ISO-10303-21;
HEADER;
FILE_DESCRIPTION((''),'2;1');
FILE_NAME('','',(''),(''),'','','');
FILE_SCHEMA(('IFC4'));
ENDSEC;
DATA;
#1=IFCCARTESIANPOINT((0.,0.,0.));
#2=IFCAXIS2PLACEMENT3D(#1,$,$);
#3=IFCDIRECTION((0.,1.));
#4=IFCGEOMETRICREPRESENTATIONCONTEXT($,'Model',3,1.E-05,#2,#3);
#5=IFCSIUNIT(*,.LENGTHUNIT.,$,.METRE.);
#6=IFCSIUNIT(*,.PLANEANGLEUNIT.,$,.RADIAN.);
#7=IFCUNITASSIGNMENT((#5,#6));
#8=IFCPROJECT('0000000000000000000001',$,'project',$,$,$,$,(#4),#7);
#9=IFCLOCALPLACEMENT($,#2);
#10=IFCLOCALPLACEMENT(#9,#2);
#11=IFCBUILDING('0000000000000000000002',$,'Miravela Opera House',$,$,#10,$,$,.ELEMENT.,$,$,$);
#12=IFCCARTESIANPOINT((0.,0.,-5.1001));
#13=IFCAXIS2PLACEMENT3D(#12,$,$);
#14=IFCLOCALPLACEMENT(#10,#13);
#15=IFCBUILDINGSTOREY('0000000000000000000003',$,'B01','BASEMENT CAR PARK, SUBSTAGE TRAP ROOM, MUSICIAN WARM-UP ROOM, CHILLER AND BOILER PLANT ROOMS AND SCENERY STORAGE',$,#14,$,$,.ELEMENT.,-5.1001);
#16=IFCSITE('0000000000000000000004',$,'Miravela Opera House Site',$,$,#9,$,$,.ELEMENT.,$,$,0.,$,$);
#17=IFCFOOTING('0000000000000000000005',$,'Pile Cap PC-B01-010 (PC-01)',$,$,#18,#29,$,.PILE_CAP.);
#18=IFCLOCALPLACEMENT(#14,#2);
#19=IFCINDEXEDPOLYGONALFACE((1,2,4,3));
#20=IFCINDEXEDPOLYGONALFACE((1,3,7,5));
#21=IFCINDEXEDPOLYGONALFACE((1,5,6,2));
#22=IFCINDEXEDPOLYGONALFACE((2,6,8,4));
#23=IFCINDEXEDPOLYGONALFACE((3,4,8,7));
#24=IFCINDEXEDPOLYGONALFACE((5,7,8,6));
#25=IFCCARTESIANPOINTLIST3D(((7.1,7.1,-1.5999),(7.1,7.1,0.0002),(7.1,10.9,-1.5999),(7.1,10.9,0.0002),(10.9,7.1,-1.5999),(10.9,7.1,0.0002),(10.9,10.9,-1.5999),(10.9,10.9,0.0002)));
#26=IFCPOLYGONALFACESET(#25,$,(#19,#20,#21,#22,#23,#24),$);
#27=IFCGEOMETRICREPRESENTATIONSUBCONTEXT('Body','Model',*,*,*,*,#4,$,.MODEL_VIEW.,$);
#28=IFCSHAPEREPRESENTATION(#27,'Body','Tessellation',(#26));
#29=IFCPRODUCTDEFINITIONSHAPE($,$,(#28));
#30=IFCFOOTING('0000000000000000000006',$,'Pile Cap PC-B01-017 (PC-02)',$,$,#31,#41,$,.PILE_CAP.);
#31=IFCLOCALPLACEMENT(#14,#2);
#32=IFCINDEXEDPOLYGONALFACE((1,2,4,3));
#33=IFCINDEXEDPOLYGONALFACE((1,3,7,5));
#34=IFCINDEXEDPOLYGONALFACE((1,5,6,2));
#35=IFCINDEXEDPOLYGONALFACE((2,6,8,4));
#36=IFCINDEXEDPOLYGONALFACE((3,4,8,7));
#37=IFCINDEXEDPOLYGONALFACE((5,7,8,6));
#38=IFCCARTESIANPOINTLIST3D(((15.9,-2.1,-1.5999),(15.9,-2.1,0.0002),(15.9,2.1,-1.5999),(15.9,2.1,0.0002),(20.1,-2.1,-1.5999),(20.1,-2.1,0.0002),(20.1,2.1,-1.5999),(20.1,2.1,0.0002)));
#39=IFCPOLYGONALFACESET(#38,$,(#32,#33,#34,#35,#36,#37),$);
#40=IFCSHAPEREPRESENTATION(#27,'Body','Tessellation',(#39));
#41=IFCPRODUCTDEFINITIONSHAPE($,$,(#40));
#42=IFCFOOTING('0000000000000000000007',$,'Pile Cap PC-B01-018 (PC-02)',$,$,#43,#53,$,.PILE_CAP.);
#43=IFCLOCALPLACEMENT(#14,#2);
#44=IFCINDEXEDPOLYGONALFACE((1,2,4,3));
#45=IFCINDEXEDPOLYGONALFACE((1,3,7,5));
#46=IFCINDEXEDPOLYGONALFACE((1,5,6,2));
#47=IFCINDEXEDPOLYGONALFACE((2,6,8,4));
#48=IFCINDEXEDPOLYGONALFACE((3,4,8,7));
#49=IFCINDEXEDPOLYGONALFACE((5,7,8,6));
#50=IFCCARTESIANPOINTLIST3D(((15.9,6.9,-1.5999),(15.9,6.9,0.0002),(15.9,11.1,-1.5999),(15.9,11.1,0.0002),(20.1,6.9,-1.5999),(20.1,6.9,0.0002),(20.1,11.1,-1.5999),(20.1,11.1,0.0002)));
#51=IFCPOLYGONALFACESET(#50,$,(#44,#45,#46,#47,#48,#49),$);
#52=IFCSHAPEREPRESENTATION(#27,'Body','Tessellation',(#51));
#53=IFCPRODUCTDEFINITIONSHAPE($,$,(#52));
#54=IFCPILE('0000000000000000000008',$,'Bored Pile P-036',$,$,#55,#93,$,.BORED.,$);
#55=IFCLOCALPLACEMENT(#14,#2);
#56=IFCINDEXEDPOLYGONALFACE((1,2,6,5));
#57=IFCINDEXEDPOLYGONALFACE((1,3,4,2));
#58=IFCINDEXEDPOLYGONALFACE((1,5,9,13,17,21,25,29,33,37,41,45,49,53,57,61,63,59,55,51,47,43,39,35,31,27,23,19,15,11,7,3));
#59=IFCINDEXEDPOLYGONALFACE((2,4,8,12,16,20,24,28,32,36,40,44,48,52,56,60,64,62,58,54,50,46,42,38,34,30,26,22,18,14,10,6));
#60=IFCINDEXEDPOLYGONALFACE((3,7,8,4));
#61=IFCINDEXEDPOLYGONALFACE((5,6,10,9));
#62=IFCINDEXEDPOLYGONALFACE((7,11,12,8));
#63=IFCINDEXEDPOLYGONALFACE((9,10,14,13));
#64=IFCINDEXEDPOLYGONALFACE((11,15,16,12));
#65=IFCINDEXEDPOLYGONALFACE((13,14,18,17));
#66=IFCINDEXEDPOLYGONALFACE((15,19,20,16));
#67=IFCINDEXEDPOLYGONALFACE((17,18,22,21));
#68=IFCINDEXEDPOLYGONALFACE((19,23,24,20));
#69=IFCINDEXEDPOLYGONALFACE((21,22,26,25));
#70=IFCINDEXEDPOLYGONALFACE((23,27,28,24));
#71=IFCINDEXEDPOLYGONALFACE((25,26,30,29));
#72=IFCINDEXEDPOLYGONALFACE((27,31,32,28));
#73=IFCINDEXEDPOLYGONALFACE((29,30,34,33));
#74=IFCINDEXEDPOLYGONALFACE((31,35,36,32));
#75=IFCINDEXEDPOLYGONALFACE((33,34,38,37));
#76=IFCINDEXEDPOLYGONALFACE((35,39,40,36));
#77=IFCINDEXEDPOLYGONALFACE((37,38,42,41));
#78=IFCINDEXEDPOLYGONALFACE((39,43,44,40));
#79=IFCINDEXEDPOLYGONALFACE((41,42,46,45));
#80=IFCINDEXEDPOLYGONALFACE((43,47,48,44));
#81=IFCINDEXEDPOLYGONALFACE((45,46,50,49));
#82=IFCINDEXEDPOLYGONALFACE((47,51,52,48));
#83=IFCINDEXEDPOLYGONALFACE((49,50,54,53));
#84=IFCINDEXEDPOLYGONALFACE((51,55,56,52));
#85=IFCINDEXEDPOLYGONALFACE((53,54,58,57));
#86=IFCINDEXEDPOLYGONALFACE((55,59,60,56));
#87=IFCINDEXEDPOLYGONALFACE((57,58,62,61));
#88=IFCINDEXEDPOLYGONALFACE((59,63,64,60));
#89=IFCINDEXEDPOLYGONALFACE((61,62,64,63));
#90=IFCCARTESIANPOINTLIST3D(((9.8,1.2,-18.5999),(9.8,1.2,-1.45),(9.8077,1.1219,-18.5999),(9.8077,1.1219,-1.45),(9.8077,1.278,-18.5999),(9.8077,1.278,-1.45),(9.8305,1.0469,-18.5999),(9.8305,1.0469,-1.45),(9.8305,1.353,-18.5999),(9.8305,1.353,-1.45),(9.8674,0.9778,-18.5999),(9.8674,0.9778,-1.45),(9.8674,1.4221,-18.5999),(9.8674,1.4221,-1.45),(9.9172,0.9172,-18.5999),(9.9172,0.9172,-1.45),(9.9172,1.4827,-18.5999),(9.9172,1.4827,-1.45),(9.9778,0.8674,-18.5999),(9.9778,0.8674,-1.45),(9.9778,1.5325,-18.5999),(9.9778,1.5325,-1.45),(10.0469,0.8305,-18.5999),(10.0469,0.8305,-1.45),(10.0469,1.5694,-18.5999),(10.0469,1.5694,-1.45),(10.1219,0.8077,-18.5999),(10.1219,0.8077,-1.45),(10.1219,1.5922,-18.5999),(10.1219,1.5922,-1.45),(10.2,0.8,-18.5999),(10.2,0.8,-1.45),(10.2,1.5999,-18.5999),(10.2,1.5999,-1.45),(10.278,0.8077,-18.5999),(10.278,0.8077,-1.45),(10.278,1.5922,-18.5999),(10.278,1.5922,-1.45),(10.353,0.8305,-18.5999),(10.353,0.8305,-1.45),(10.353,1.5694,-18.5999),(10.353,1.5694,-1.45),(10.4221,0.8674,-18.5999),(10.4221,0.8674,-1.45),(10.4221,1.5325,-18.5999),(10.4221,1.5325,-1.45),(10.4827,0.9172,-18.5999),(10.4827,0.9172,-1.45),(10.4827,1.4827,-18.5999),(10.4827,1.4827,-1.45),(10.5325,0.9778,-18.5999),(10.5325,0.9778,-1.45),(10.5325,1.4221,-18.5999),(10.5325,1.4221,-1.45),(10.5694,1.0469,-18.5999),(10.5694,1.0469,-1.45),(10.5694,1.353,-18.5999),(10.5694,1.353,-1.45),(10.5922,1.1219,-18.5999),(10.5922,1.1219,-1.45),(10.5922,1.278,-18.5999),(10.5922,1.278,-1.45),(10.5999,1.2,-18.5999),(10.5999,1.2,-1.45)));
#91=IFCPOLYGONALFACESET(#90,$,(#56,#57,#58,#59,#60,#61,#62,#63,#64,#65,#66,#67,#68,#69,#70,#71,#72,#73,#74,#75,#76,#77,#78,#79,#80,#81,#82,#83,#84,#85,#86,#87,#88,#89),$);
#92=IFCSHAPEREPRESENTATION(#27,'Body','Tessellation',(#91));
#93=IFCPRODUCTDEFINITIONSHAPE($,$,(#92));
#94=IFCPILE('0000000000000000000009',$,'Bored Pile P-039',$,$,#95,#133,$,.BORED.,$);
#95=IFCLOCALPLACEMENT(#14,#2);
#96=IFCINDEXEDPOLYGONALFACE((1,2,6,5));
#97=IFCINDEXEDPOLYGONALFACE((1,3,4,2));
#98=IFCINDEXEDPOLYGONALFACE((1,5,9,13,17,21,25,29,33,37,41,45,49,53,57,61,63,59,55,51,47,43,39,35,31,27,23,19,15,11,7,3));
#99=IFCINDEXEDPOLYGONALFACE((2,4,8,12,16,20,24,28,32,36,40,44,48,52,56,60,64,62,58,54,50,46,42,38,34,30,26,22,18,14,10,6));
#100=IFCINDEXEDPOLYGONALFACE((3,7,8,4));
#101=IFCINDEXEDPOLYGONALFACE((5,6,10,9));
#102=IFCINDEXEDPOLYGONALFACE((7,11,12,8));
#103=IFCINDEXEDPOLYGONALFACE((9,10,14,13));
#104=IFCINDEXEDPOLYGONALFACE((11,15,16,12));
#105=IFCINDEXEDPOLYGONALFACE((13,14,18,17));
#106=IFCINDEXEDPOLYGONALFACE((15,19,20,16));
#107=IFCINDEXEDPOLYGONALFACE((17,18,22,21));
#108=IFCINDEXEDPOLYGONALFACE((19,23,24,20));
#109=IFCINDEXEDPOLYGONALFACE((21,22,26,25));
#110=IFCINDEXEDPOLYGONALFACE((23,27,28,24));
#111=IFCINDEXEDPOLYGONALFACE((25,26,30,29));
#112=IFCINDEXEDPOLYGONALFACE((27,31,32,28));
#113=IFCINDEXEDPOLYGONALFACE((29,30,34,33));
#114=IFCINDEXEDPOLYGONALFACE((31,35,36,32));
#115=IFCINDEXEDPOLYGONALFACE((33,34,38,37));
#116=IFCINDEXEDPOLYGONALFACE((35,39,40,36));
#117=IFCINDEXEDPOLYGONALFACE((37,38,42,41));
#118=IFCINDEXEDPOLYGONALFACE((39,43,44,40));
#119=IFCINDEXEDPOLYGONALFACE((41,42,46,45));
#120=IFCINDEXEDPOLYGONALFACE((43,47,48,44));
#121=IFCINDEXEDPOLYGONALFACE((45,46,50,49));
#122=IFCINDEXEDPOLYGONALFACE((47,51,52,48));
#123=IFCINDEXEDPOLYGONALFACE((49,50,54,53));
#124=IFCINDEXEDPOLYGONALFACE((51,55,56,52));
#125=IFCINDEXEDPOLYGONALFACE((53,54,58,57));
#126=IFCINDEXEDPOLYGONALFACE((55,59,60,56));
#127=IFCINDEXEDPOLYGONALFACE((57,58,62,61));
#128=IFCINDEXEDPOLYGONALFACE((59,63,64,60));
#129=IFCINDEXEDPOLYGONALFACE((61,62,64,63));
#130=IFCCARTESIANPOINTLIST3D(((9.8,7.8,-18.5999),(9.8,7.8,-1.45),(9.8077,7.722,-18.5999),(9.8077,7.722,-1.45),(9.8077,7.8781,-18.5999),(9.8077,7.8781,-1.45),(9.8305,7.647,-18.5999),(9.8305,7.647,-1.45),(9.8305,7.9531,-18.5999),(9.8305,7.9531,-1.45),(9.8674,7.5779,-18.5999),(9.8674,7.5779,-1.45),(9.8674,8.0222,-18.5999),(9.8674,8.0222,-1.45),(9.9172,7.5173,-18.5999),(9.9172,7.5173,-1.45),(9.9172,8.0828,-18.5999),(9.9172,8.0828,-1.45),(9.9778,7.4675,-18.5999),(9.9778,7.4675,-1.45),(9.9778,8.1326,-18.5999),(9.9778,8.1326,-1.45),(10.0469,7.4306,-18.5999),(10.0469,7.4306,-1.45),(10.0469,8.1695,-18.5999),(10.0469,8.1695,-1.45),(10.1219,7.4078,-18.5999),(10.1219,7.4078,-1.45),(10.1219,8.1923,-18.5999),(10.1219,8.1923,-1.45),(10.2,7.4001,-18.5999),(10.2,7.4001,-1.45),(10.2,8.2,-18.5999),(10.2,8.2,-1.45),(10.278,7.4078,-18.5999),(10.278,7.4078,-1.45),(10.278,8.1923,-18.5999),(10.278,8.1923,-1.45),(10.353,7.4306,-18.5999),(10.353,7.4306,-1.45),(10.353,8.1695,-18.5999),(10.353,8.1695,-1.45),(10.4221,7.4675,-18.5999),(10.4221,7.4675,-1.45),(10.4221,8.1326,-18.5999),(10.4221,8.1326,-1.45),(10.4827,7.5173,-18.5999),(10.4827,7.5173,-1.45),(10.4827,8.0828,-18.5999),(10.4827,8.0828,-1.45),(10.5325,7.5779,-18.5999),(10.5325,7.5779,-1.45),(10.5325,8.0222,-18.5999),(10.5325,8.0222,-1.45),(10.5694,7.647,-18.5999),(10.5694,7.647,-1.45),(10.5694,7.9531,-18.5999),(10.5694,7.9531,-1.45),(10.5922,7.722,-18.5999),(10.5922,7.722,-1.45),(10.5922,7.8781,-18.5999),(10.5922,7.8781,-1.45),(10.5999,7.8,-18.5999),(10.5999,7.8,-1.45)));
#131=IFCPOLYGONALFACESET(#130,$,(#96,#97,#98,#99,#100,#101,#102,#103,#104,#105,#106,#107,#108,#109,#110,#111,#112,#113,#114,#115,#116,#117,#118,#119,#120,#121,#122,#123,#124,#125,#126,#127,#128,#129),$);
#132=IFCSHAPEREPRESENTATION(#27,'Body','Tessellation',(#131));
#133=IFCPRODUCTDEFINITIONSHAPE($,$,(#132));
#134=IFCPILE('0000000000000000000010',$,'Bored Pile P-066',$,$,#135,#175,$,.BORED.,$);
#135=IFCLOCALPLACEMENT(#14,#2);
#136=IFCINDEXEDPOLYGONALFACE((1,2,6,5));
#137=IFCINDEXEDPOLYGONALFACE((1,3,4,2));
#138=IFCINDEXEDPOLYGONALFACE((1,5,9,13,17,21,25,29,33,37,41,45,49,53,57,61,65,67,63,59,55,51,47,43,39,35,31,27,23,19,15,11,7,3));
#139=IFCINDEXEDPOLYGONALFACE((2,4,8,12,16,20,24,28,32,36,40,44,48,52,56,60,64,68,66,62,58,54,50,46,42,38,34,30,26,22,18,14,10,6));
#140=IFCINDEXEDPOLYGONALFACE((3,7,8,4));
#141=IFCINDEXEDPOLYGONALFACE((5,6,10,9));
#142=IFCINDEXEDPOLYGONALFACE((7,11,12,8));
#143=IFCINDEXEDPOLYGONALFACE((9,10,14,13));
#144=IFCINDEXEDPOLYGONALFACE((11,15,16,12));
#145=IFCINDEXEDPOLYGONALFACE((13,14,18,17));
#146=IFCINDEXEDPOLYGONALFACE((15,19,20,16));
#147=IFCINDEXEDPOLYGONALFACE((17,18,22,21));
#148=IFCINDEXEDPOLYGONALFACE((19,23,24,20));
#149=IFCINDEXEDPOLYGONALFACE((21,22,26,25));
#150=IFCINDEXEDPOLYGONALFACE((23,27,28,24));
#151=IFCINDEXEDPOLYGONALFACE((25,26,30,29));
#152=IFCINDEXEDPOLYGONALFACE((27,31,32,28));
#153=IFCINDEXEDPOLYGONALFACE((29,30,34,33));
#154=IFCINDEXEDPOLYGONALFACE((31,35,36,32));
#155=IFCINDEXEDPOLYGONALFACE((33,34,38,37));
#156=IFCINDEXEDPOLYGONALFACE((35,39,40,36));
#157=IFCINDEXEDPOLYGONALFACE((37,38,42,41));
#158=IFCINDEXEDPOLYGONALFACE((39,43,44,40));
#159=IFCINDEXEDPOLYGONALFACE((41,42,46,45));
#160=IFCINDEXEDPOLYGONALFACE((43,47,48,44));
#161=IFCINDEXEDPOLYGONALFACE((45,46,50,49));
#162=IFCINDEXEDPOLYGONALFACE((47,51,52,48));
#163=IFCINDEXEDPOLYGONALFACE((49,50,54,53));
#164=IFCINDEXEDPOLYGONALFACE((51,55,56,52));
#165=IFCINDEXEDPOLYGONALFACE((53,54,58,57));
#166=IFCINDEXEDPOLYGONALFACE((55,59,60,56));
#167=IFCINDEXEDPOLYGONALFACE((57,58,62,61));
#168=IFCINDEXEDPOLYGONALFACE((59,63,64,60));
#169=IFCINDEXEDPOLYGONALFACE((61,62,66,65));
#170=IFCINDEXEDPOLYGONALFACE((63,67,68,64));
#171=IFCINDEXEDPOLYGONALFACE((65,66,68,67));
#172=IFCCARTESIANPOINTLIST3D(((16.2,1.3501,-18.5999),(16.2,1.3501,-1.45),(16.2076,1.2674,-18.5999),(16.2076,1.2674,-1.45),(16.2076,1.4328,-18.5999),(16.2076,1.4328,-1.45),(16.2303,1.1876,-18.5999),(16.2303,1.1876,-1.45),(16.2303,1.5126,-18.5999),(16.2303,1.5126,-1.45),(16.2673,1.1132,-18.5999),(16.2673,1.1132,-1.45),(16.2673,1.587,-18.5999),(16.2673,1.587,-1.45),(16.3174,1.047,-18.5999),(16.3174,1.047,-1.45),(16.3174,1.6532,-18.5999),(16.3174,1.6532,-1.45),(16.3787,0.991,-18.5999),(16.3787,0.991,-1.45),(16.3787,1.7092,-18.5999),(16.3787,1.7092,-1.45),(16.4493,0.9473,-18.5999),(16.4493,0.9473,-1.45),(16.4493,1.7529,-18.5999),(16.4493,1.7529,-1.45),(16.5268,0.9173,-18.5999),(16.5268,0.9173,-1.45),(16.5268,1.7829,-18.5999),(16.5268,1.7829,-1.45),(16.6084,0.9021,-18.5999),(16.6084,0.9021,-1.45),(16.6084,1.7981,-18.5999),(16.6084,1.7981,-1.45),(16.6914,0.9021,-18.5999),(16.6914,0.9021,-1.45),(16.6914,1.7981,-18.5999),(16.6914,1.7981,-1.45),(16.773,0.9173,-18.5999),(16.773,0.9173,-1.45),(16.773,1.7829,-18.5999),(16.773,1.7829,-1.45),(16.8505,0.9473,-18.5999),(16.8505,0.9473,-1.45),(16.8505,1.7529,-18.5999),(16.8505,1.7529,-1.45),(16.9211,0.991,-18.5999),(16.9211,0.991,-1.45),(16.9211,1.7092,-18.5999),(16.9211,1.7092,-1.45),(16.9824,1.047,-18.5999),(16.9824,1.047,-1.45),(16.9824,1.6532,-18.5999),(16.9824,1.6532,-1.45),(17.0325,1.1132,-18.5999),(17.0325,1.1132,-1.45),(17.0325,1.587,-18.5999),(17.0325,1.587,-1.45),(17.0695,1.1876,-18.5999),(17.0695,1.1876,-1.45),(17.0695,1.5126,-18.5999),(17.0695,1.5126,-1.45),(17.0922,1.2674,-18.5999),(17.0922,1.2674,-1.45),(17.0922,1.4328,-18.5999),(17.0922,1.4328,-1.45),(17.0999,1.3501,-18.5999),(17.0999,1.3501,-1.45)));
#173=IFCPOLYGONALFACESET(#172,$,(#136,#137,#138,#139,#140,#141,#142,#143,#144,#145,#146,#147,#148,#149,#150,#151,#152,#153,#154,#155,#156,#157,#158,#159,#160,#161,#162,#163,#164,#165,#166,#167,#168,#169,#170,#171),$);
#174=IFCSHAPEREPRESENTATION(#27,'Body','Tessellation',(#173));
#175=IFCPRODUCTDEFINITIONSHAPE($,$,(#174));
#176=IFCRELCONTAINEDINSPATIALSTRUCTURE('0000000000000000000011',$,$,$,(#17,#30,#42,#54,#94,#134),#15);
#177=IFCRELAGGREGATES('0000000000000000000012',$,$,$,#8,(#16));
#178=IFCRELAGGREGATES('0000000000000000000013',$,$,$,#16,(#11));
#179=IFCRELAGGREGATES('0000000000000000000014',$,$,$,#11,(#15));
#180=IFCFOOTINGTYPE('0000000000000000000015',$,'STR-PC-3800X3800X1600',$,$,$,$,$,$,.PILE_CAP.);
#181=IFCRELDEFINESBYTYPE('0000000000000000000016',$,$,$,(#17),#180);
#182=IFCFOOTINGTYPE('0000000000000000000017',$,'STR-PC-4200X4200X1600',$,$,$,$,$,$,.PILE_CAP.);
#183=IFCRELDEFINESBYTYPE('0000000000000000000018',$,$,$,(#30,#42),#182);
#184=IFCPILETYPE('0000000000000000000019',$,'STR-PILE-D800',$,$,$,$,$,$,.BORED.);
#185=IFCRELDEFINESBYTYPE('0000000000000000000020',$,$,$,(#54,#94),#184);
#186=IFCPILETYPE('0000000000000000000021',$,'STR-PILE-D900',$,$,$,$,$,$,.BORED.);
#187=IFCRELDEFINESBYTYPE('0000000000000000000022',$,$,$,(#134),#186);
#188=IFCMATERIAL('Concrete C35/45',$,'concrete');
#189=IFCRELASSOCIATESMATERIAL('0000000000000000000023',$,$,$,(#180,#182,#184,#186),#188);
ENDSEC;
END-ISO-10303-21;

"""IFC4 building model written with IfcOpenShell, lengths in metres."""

from ifc_helpers import new_model, si_unit, direction, frame, origin, origin_2d, place, context, subcontext, project, spatial, rectangle, circle, extrude, material, material_profile, profile_set, type_object, element, save


model = new_model("IFC4")

# Units and contexts
model_context = context("Model", 3, precision=1e-05, world=origin(), true_north=direction((0.0, 1.0)))
body_context = subcontext(model_context, "Body", "Model", "MODEL_VIEW")
ifc_project = project(units=[si_unit("LENGTHUNIT", "METRE"), si_unit("PLANEANGLEUNIT", "RADIAN")], contexts=[model_context])

# Site, building, storey
site_placement = place(None, origin())
site = spatial("IfcSite", under=ifc_project, at=site_placement, Name="Miravela Opera House Site", CompositionType="ELEMENT", RefElevation=0.0)
building_placement = place(site_placement, origin())
building = spatial("IfcBuilding", under=site, at=building_placement, Name="Miravela Opera House", CompositionType="ELEMENT")
storey_placement = place(building_placement, frame((0.0, 0.0, -5.1001)))
storey = spatial("IfcBuildingStorey", under=building, at=storey_placement, Name="B01", Description="BASEMENT CAR PARK, SUBSTAGE TRAP ROOM, MUSICIAN WARM-UP ROOM, CHILLER AND BOILER PLANT ROOMS AND SCENERY STORAGE", CompositionType="ELEMENT", Elevation=-5.1001)

# Footings
ifc_material_1 = material(Name="Concrete C35/45", Category="concrete")
footing_type_1 = type_object("IfcFootingType", Name="STR-PC-3800X3800X1600", PredefinedType="PILE_CAP", material=ifc_material_1)
footing_placement = place(storey_placement, frame((9.0, 9.0, -1.5999), z_axis=(0.0, 0.0, 1.0), x_axis=(1.0, 0.0, 0.0)))
element("IfcFooting", 1, at=footing_placement, inside=storey, type_object=footing_type_1, Name="Pile Cap PC-B01-010 (PC-01)", PredefinedType="PILE_CAP", context=body_context, shape_type="SweptSolid", body=[
    extrude(rectangle(XDim=3.8, YDim=3.8, at=origin_2d()), origin(), (0.0, 0.0, 1.0), 1.6001),
])
footing_type_2 = type_object("IfcFootingType", Name="STR-PC-4200X4200X1600", PredefinedType="PILE_CAP", material=ifc_material_1)
for number, where, z_axis, x_axis, name in (
    (2, (18.0, 0.0, -1.5999), (0.0, 0.0, 1.0), (1.0, 0.0, 0.0), "Pile Cap PC-B01-017 (PC-02)"),
    (3, (18.0, 9.0, -1.5999), (0.0, 0.0, 1.0), (1.0, 0.0, 0.0), "Pile Cap PC-B01-018 (PC-02)"),
):
    element("IfcFooting", number, at=place(storey_placement, frame(where, z_axis=z_axis, x_axis=x_axis)), inside=storey, type_object=footing_type_2, Name=name, PredefinedType="PILE_CAP", context=body_context, shape_type="SweptSolid", body=[
        extrude(rectangle(XDim=4.2, YDim=4.2, at=origin_2d()), origin(), (0.0, 0.0, 1.0), 1.6001),
    ])

# Piles
ifc_material_profile_1 = material_profile(ifc_material_1, circle(Radius=0.3999, at=origin_2d()), Name="PILE-D800")
ifc_profile_set_1 = profile_set([ifc_material_profile_1])
pile_type_1 = type_object("IfcPileType", Name="STR-PILE-D800", PredefinedType="BORED", material=ifc_profile_set_1)
for number, where, z_axis, x_axis, name in (
    (4, (10.2, 1.2, -1.45), (0.0, 0.0, -1.0), (1.0, 0.0, 0.0), "Bored Pile P-036"),
    (5, (10.2, 7.8, -1.45), (0.0, 0.0, -1.0), (1.0, 0.0, 0.0), "Bored Pile P-039"),
):
    element("IfcPile", number, at=place(storey_placement, frame(where, z_axis=z_axis, x_axis=x_axis)), inside=storey, type_object=pile_type_1, Name=name, PredefinedType="BORED", context=body_context, shape_type="SweptSolid", body=[
        extrude(circle(Radius=0.3999, at=origin_2d()), origin(), (0.0, 0.0, 1.0), 17.1499),
    ])
ifc_material_profile_2 = material_profile(ifc_material_1, circle(Radius=0.45, at=origin_2d()), Name="PILE-D900")
ifc_profile_set_2 = profile_set([ifc_material_profile_2])
pile_type_2 = type_object("IfcPileType", Name="STR-PILE-D900", PredefinedType="BORED", material=ifc_profile_set_2)
for number, where, z_axis, x_axis, name in (
    (6, (16.6499, 1.3501, -1.45), (0.0, 0.0, -1.0), (1.0, 0.0, 0.0), "Bored Pile P-066"),
):
    element("IfcPile", number, at=place(storey_placement, frame(where, z_axis=z_axis, x_axis=x_axis)), inside=storey, type_object=pile_type_2, Name=name, PredefinedType="BORED", context=body_context, shape_type="SweptSolid", body=[
        extrude(circle(Radius=0.45, at=origin_2d()), origin(), (0.0, 0.0, 1.0), 17.1499),
    ])

save(model, "model.ifc")
